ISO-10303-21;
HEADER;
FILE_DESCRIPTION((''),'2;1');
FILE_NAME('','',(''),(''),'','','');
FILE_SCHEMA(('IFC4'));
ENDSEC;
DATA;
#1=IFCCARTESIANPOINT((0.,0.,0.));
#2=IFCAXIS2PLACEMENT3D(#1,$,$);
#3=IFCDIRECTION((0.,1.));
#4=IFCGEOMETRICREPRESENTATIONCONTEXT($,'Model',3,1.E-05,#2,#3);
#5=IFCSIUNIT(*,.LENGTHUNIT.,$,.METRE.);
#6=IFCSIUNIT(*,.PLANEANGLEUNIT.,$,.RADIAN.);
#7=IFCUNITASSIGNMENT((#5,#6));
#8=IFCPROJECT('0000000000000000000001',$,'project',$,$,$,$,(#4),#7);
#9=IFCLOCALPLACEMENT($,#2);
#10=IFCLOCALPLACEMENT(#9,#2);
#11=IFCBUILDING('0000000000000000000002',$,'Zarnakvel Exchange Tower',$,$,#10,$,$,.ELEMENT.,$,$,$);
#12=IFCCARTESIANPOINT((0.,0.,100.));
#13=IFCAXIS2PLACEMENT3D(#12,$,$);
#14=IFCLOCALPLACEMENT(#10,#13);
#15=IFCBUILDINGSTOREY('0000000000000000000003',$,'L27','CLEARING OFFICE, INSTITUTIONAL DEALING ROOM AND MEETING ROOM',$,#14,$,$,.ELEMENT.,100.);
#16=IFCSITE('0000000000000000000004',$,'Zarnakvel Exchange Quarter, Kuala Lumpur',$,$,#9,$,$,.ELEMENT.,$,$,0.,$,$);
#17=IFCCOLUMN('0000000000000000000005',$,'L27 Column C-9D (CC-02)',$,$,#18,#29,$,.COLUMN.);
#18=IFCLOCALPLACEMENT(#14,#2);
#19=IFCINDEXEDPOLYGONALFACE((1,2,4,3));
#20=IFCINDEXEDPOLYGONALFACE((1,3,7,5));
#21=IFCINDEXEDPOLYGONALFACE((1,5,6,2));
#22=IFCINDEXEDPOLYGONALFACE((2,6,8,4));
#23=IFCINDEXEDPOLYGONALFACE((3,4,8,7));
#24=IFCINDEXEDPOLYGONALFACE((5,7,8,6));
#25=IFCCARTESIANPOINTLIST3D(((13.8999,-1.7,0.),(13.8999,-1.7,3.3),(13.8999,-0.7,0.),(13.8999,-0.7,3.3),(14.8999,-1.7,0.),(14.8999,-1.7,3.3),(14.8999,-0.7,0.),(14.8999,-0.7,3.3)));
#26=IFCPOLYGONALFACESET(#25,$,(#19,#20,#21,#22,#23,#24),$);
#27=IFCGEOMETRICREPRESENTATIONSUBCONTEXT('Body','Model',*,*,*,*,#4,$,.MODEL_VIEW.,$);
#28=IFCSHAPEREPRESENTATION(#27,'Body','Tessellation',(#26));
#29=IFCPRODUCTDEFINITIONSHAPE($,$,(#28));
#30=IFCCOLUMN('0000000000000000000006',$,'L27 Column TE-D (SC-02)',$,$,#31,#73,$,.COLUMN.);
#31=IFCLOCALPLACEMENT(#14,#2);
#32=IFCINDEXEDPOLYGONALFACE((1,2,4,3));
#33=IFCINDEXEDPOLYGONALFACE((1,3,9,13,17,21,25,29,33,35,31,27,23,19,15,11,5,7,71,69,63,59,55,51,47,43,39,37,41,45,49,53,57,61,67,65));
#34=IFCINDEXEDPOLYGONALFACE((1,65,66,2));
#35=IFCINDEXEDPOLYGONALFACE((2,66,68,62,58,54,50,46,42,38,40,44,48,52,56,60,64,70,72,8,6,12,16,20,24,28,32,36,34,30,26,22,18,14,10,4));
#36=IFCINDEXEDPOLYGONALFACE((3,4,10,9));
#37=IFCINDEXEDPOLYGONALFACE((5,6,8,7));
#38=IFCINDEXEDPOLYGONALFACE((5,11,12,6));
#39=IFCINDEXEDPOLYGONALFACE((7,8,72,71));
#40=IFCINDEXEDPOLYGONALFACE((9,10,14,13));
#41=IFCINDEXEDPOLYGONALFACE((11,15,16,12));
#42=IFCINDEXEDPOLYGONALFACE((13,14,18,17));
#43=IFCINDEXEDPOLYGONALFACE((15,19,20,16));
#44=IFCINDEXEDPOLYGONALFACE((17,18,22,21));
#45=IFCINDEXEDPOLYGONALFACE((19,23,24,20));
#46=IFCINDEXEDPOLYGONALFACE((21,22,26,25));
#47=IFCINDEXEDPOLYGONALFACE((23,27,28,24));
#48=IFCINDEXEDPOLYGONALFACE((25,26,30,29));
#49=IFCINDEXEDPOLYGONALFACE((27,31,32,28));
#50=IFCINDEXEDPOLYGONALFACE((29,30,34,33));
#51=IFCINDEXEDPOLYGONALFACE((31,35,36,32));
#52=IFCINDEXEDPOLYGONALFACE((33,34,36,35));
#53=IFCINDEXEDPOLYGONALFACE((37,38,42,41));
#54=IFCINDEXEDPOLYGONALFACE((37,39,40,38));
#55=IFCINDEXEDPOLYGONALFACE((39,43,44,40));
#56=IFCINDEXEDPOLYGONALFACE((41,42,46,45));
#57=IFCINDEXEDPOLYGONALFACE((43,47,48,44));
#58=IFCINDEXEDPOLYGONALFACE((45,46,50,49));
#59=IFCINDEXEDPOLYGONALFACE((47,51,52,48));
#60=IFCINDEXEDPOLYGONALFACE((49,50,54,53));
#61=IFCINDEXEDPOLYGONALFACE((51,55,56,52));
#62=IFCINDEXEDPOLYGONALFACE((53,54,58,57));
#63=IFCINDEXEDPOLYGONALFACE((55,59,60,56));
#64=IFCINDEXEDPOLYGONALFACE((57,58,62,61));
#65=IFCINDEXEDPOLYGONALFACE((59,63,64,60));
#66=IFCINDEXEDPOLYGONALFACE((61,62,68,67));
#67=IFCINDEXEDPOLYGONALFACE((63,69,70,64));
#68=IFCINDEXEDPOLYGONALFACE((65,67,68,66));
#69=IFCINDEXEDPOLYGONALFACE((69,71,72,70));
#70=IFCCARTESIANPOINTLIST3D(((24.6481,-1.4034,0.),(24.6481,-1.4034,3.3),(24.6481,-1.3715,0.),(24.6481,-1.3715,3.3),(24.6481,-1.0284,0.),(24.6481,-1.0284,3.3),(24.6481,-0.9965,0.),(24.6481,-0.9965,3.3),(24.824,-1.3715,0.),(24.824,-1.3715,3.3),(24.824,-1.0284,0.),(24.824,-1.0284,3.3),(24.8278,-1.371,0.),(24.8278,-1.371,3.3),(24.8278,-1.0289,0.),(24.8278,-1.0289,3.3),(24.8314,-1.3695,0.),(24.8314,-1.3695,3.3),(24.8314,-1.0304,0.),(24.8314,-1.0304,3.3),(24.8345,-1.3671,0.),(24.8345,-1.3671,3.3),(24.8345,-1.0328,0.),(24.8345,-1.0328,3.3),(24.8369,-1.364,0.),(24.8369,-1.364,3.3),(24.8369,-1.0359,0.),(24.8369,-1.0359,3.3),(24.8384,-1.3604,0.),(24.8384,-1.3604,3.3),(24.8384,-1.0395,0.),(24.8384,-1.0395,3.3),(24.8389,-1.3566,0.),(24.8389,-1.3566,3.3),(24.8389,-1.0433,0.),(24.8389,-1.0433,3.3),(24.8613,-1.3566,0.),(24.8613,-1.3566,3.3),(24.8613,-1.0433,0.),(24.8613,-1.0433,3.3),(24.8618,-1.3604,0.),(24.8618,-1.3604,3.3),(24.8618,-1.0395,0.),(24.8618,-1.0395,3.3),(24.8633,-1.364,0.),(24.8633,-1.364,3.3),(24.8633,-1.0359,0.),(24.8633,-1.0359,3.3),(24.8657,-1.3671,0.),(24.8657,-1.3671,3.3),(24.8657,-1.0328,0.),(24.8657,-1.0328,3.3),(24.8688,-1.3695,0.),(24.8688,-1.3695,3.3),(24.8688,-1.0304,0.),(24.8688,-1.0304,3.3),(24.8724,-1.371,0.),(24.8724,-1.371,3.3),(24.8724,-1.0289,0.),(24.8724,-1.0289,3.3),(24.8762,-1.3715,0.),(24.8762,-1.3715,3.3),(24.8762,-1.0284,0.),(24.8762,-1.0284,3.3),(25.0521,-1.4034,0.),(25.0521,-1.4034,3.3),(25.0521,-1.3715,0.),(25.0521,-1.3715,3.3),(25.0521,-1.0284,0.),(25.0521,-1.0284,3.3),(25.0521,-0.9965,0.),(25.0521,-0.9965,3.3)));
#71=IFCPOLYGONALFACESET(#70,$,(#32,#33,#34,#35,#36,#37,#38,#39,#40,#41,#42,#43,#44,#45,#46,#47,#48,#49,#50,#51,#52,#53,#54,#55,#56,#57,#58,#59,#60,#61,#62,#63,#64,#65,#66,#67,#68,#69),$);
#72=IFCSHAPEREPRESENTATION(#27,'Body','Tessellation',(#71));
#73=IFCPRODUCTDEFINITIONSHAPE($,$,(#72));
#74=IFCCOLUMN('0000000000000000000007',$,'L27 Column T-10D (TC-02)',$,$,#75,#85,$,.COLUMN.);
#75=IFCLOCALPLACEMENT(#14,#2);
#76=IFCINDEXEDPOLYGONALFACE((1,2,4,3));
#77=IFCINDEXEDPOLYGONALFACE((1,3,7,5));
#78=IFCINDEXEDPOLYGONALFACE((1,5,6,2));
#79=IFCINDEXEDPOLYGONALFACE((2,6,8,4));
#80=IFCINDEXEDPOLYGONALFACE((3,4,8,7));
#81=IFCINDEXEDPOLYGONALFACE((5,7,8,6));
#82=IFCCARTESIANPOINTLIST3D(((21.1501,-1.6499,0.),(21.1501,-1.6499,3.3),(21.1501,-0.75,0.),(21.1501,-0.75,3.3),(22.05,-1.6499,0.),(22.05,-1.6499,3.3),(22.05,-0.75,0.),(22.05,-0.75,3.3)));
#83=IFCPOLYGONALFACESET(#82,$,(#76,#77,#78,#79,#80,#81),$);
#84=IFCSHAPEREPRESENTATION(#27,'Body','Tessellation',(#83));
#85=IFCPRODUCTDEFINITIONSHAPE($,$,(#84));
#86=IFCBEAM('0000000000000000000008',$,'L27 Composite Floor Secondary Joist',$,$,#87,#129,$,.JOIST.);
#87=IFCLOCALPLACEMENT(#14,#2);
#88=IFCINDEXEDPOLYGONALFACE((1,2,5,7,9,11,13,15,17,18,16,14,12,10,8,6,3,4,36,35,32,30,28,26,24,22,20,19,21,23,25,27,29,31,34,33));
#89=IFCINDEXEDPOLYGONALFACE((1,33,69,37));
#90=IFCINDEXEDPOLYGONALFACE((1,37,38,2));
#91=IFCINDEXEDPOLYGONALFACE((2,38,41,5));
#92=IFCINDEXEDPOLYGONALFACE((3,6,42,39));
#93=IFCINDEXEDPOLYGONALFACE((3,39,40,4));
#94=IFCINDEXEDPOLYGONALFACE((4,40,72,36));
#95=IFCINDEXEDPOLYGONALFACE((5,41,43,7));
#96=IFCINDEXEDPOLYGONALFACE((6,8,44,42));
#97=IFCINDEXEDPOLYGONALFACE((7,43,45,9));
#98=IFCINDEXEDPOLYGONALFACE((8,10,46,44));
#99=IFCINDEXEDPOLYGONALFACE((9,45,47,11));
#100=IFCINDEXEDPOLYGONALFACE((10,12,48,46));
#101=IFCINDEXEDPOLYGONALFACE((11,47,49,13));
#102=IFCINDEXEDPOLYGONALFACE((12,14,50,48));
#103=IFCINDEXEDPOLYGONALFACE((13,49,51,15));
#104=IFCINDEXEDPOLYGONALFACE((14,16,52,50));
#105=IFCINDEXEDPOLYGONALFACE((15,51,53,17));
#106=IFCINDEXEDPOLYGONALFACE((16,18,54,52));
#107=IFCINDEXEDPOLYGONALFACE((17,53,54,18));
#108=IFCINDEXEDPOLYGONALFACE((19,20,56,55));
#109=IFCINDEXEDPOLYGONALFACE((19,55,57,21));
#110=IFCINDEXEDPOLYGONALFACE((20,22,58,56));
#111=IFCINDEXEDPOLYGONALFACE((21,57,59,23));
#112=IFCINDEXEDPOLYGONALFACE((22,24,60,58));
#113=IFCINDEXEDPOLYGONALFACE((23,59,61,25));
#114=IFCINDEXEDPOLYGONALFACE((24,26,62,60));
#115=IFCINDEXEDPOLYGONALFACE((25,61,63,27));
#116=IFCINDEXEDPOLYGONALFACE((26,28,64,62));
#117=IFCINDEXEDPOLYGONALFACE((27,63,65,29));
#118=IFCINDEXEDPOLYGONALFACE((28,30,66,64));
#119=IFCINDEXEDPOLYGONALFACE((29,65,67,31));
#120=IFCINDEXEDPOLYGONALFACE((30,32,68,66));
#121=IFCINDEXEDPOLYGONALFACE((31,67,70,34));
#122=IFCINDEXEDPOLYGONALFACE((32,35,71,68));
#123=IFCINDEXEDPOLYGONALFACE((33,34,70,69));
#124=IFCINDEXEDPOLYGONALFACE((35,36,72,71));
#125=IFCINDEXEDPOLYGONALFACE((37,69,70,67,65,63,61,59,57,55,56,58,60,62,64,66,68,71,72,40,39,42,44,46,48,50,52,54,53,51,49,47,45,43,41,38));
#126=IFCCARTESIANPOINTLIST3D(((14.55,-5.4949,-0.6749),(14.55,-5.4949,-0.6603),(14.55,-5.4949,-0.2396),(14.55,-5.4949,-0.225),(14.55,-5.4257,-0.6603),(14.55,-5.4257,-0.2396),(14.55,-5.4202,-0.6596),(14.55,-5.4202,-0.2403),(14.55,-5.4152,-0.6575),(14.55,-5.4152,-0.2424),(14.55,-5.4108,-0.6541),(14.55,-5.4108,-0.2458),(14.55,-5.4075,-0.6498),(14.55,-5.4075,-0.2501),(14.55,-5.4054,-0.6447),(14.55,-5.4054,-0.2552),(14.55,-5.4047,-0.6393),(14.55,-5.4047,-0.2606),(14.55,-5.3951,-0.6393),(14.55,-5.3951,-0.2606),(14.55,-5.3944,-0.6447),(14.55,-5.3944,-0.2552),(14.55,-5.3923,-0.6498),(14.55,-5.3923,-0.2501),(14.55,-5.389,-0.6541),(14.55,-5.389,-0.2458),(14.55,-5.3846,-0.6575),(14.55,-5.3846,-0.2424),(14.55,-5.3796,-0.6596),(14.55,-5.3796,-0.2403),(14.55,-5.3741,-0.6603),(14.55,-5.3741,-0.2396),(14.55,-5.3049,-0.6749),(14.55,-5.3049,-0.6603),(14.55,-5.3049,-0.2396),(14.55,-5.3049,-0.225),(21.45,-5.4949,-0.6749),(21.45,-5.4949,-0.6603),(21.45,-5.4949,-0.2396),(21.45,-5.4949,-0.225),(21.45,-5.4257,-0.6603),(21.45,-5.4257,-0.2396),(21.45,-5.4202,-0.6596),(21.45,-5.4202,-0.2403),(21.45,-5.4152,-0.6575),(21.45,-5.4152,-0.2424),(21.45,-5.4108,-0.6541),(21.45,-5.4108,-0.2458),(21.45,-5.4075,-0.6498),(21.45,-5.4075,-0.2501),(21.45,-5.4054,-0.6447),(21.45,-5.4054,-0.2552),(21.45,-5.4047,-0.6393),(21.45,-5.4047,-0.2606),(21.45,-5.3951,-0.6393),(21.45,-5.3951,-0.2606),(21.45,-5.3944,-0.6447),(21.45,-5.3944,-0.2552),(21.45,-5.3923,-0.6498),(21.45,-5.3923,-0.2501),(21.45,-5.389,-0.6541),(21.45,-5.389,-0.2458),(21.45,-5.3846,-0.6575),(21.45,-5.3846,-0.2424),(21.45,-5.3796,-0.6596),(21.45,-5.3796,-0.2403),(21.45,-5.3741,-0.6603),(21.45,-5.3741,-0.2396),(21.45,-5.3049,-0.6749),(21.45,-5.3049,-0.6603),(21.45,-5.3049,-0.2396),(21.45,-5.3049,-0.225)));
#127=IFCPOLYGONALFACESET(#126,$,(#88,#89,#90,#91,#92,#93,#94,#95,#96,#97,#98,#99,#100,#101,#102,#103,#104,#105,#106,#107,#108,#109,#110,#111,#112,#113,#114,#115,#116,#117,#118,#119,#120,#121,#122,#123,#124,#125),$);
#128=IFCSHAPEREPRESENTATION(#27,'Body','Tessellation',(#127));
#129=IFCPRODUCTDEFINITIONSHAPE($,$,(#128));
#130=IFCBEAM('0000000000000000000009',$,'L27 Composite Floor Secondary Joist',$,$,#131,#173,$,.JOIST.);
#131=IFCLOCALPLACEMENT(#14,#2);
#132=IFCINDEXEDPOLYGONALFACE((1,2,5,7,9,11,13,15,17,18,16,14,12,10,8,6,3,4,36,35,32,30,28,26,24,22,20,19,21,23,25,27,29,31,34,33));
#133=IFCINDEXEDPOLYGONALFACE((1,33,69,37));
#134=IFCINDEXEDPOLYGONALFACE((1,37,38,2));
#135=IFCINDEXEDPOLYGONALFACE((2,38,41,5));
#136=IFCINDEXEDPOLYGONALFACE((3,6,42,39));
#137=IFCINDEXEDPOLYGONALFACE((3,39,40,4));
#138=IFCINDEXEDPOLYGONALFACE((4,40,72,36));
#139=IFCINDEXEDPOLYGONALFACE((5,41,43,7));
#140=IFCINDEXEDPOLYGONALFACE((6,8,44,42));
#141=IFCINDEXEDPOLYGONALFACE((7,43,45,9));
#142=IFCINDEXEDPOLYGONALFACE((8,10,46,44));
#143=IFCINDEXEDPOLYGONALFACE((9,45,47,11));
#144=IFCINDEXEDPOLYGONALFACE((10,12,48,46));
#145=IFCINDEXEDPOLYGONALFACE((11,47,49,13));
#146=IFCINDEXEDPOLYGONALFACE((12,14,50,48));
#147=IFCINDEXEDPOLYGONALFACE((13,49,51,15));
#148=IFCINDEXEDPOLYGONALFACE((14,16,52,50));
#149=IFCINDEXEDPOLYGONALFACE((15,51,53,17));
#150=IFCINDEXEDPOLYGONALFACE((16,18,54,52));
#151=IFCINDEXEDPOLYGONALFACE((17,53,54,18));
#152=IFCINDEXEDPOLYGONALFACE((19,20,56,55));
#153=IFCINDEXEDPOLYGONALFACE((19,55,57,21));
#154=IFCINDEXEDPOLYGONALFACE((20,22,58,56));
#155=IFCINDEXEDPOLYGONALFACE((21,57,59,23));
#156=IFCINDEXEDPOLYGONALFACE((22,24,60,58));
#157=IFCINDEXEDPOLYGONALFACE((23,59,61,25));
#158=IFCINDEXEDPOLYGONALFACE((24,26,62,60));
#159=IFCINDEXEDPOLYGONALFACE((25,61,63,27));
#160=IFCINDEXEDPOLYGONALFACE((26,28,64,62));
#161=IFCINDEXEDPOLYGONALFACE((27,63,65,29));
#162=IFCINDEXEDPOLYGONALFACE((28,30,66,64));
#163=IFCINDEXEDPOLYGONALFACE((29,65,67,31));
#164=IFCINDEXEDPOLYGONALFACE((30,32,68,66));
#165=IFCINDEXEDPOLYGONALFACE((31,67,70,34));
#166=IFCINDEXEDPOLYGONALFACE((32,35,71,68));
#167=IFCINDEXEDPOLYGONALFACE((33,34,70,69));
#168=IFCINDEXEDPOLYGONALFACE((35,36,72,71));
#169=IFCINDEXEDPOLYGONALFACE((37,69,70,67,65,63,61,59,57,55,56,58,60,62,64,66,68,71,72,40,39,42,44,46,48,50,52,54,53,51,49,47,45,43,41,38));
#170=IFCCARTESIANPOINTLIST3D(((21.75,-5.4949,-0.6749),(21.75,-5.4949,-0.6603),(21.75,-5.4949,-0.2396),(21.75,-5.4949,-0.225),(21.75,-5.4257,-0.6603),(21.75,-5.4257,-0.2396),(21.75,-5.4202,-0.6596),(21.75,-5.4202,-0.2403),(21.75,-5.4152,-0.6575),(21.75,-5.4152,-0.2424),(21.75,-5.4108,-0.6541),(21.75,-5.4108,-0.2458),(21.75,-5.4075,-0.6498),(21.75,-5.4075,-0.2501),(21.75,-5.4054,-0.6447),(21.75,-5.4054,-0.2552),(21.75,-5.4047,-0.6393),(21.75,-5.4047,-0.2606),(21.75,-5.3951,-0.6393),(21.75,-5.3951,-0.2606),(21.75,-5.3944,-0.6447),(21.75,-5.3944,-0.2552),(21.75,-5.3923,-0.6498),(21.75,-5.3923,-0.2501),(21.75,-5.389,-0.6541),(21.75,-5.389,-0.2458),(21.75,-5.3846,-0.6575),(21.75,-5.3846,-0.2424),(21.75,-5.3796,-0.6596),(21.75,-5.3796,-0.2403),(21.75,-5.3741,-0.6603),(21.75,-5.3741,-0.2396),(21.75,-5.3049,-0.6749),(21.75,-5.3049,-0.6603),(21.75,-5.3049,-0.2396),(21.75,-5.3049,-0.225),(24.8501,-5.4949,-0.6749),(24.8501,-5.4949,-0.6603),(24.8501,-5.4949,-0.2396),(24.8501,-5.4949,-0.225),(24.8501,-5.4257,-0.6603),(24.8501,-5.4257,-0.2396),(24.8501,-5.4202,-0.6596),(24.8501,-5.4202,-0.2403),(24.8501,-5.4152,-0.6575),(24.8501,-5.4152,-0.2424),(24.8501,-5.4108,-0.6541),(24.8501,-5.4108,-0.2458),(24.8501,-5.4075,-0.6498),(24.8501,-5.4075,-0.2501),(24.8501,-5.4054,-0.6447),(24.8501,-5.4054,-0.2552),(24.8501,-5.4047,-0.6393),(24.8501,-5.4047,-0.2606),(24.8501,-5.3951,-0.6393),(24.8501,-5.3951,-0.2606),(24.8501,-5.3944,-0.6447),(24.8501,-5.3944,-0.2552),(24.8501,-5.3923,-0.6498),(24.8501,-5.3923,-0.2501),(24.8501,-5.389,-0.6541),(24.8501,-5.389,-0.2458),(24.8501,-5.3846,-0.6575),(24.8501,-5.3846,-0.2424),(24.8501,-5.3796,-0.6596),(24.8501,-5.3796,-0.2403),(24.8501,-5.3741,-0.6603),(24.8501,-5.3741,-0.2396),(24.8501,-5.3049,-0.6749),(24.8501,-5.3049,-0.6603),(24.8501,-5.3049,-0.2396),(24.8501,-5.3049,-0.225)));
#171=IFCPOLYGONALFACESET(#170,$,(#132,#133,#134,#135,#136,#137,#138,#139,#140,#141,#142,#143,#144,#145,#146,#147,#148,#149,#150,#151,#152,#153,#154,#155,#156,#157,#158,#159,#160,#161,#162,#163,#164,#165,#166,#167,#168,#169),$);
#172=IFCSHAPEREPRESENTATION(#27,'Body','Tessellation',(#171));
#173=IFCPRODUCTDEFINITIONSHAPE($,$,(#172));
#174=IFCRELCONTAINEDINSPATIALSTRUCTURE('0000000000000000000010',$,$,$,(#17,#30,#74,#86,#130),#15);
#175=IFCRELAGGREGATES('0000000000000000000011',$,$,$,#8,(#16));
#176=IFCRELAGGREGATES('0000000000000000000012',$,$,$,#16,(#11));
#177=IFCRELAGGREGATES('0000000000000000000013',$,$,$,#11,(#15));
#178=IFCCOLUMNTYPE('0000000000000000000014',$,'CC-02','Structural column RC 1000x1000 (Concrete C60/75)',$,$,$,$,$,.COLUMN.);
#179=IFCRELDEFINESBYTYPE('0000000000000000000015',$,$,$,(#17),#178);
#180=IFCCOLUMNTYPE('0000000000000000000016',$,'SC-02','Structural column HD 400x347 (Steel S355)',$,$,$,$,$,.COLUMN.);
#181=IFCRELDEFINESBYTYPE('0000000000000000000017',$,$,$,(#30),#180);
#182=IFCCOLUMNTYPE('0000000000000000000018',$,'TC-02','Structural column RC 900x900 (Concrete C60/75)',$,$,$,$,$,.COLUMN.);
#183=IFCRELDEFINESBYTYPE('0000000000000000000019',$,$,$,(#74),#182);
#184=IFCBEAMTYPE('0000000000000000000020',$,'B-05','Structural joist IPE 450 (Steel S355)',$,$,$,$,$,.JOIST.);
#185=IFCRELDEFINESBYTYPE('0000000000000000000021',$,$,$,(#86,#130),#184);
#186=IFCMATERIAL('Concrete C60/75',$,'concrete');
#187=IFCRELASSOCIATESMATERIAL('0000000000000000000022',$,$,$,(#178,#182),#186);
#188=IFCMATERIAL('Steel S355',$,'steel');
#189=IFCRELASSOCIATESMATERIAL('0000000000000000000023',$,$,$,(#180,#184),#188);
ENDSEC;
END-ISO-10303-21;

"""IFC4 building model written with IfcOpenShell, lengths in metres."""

from ifc_helpers import new_model, si_unit, direction, frame, origin, origin_2d, place, context, subcontext, project, spatial, rectangle, i_section, extrude, material, material_profile, profile_set, type_object, element, save


model = new_model("IFC4")

# Units and contexts
model_context = context("Model", 3, precision=1e-05, world=origin(), true_north=direction((0.0, 1.0)))
body_context = subcontext(model_context, "Body", "Model", "MODEL_VIEW")
ifc_project = project(units=[si_unit("LENGTHUNIT", "METRE"), si_unit("PLANEANGLEUNIT", "RADIAN")], contexts=[model_context])

# Site, building, storey
site_placement = place(None, origin())
site = spatial("IfcSite", under=ifc_project, at=site_placement, Name="Zarnakvel Exchange Quarter, Kuala Lumpur", CompositionType="ELEMENT", RefElevation=0.0)
building_placement = place(site_placement, origin())
building = spatial("IfcBuilding", under=site, at=building_placement, Name="Zarnakvel Exchange Tower", CompositionType="ELEMENT")
storey_placement = place(building_placement, frame((0.0, 0.0, 100.0)))
storey = spatial("IfcBuildingStorey", under=building, at=storey_placement, Name="L27", Description="CLEARING OFFICE, INSTITUTIONAL DEALING ROOM AND MEETING ROOM", CompositionType="ELEMENT", Elevation=100.0)

# Columns
ifc_material_1 = material(Name="Concrete C60/75", Category="concrete")
ifc_material_profile_1 = material_profile(ifc_material_1, rectangle(XDim=1.0, YDim=1.0, at=origin_2d()))
ifc_profile_set_1 = profile_set([ifc_material_profile_1], Name="Concrete C60/75")
column_type_1 = type_object("IfcColumnType", Name="CC-02", Description="Structural column RC 1000x1000 (Concrete C60/75)", PredefinedType="COLUMN", material=ifc_profile_set_1)
column_1_placement = place(storey_placement, frame((14.3999, -1.2, 0.0), z_axis=(0.0, 0.0, 1.0), x_axis=(1.0, 0.0, 0.0)))
element("IfcColumn", 1, at=column_1_placement, inside=storey, type_object=column_type_1, Name="L27 Column C-9D (CC-02)", PredefinedType="COLUMN", context=body_context, shape_type="SweptSolid", body=[
    extrude(rectangle(XDim=1.0, YDim=1.0, at=origin_2d()), origin(), (0.0, 0.0, 1.0), 3.3),
])
ifc_material_2 = material(Name="Steel S355", Category="steel")
ifc_material_profile_2 = material_profile(ifc_material_2, i_section(OverallWidth=0.4041, OverallDepth=0.407, WebThickness=0.0225, FlangeThickness=0.032, FilletRadius=0.0149, at=origin_2d()))
ifc_profile_set_2 = profile_set([ifc_material_profile_2], Name="Steel S355")
column_type_2 = type_object("IfcColumnType", Name="SC-02", Description="Structural column HD 400x347 (Steel S355)", PredefinedType="COLUMN", material=ifc_profile_set_2)
column_2_placement = place(storey_placement, frame((24.8501, -1.2, 0.0), z_axis=(0.0, 0.0, 1.0), x_axis=(1.0, 0.0, 0.0)))
element("IfcColumn", 2, at=column_2_placement, inside=storey, type_object=column_type_2, Name="L27 Column TE-D (SC-02)", PredefinedType="COLUMN", context=body_context, shape_type="SweptSolid", body=[
    extrude(i_section(OverallWidth=0.4041, OverallDepth=0.407, WebThickness=0.0225, FlangeThickness=0.032, FilletRadius=0.0149, at=origin_2d()), origin(), (0.0, 0.0, 1.0), 3.3),
])
ifc_material_profile_3 = material_profile(ifc_material_1, rectangle(XDim=0.8999, YDim=0.8999, at=origin_2d()))
ifc_profile_set_3 = profile_set([ifc_material_profile_3], Name="Concrete C60/75")
column_type_3 = type_object("IfcColumnType", Name="TC-02", Description="Structural column RC 900x900 (Concrete C60/75)", PredefinedType="COLUMN", material=ifc_profile_set_3)
column_3_placement = place(storey_placement, frame((21.6001, -1.2, 0.0), z_axis=(0.0, 0.0, 1.0), x_axis=(1.0, 0.0, 0.0)))
element("IfcColumn", 3, at=column_3_placement, inside=storey, type_object=column_type_3, Name="L27 Column T-10D (TC-02)", PredefinedType="COLUMN", context=body_context, shape_type="SweptSolid", body=[
    extrude(rectangle(XDim=0.8999, YDim=0.8999, at=origin_2d()), origin(), (0.0, 0.0, 1.0), 3.3),
])

# Beams
ifc_material_profile_4 = material_profile(ifc_material_2, i_section(OverallWidth=0.1899, OverallDepth=0.45, WebThickness=0.0095, FlangeThickness=0.0146, FilletRadius=0.021, at=origin_2d()))
ifc_profile_set_4 = profile_set([ifc_material_profile_4], Name="Steel S355")
beam_type_1 = type_object("IfcBeamType", Name="B-05", Description="Structural joist IPE 450 (Steel S355)", PredefinedType="JOIST", material=ifc_profile_set_4)
beam_1_placement = place(storey_placement, frame((14.55, -5.3999, -0.45), z_axis=(1.0, 0.0, 0.0), x_axis=(0.0, 1.0, 0.0)))
element("IfcBeam", 4, at=beam_1_placement, inside=storey, type_object=beam_type_1, Name="L27 Composite Floor Secondary Joist", PredefinedType="JOIST", context=body_context, shape_type="SweptSolid", body=[
    extrude(i_section(OverallWidth=0.1899, OverallDepth=0.45, WebThickness=0.0095, FlangeThickness=0.0146, FilletRadius=0.021, at=origin_2d()), origin(), (0.0, 0.0, 1.0), 6.8999),
])
beam_2_placement = place(storey_placement, frame((21.75, -5.3999, -0.45), z_axis=(1.0, 0.0, 0.0), x_axis=(0.0, 1.0, 0.0)))
element("IfcBeam", 5, at=beam_2_placement, inside=storey, type_object=beam_type_1, Name="L27 Composite Floor Secondary Joist", PredefinedType="JOIST", context=body_context, shape_type="SweptSolid", body=[
    extrude(i_section(OverallWidth=0.1899, OverallDepth=0.45, WebThickness=0.0095, FlangeThickness=0.0146, FilletRadius=0.021, at=origin_2d()), origin(), (0.0, 0.0, 1.0), 3.1001),
])

save(model, "model.ifc")
